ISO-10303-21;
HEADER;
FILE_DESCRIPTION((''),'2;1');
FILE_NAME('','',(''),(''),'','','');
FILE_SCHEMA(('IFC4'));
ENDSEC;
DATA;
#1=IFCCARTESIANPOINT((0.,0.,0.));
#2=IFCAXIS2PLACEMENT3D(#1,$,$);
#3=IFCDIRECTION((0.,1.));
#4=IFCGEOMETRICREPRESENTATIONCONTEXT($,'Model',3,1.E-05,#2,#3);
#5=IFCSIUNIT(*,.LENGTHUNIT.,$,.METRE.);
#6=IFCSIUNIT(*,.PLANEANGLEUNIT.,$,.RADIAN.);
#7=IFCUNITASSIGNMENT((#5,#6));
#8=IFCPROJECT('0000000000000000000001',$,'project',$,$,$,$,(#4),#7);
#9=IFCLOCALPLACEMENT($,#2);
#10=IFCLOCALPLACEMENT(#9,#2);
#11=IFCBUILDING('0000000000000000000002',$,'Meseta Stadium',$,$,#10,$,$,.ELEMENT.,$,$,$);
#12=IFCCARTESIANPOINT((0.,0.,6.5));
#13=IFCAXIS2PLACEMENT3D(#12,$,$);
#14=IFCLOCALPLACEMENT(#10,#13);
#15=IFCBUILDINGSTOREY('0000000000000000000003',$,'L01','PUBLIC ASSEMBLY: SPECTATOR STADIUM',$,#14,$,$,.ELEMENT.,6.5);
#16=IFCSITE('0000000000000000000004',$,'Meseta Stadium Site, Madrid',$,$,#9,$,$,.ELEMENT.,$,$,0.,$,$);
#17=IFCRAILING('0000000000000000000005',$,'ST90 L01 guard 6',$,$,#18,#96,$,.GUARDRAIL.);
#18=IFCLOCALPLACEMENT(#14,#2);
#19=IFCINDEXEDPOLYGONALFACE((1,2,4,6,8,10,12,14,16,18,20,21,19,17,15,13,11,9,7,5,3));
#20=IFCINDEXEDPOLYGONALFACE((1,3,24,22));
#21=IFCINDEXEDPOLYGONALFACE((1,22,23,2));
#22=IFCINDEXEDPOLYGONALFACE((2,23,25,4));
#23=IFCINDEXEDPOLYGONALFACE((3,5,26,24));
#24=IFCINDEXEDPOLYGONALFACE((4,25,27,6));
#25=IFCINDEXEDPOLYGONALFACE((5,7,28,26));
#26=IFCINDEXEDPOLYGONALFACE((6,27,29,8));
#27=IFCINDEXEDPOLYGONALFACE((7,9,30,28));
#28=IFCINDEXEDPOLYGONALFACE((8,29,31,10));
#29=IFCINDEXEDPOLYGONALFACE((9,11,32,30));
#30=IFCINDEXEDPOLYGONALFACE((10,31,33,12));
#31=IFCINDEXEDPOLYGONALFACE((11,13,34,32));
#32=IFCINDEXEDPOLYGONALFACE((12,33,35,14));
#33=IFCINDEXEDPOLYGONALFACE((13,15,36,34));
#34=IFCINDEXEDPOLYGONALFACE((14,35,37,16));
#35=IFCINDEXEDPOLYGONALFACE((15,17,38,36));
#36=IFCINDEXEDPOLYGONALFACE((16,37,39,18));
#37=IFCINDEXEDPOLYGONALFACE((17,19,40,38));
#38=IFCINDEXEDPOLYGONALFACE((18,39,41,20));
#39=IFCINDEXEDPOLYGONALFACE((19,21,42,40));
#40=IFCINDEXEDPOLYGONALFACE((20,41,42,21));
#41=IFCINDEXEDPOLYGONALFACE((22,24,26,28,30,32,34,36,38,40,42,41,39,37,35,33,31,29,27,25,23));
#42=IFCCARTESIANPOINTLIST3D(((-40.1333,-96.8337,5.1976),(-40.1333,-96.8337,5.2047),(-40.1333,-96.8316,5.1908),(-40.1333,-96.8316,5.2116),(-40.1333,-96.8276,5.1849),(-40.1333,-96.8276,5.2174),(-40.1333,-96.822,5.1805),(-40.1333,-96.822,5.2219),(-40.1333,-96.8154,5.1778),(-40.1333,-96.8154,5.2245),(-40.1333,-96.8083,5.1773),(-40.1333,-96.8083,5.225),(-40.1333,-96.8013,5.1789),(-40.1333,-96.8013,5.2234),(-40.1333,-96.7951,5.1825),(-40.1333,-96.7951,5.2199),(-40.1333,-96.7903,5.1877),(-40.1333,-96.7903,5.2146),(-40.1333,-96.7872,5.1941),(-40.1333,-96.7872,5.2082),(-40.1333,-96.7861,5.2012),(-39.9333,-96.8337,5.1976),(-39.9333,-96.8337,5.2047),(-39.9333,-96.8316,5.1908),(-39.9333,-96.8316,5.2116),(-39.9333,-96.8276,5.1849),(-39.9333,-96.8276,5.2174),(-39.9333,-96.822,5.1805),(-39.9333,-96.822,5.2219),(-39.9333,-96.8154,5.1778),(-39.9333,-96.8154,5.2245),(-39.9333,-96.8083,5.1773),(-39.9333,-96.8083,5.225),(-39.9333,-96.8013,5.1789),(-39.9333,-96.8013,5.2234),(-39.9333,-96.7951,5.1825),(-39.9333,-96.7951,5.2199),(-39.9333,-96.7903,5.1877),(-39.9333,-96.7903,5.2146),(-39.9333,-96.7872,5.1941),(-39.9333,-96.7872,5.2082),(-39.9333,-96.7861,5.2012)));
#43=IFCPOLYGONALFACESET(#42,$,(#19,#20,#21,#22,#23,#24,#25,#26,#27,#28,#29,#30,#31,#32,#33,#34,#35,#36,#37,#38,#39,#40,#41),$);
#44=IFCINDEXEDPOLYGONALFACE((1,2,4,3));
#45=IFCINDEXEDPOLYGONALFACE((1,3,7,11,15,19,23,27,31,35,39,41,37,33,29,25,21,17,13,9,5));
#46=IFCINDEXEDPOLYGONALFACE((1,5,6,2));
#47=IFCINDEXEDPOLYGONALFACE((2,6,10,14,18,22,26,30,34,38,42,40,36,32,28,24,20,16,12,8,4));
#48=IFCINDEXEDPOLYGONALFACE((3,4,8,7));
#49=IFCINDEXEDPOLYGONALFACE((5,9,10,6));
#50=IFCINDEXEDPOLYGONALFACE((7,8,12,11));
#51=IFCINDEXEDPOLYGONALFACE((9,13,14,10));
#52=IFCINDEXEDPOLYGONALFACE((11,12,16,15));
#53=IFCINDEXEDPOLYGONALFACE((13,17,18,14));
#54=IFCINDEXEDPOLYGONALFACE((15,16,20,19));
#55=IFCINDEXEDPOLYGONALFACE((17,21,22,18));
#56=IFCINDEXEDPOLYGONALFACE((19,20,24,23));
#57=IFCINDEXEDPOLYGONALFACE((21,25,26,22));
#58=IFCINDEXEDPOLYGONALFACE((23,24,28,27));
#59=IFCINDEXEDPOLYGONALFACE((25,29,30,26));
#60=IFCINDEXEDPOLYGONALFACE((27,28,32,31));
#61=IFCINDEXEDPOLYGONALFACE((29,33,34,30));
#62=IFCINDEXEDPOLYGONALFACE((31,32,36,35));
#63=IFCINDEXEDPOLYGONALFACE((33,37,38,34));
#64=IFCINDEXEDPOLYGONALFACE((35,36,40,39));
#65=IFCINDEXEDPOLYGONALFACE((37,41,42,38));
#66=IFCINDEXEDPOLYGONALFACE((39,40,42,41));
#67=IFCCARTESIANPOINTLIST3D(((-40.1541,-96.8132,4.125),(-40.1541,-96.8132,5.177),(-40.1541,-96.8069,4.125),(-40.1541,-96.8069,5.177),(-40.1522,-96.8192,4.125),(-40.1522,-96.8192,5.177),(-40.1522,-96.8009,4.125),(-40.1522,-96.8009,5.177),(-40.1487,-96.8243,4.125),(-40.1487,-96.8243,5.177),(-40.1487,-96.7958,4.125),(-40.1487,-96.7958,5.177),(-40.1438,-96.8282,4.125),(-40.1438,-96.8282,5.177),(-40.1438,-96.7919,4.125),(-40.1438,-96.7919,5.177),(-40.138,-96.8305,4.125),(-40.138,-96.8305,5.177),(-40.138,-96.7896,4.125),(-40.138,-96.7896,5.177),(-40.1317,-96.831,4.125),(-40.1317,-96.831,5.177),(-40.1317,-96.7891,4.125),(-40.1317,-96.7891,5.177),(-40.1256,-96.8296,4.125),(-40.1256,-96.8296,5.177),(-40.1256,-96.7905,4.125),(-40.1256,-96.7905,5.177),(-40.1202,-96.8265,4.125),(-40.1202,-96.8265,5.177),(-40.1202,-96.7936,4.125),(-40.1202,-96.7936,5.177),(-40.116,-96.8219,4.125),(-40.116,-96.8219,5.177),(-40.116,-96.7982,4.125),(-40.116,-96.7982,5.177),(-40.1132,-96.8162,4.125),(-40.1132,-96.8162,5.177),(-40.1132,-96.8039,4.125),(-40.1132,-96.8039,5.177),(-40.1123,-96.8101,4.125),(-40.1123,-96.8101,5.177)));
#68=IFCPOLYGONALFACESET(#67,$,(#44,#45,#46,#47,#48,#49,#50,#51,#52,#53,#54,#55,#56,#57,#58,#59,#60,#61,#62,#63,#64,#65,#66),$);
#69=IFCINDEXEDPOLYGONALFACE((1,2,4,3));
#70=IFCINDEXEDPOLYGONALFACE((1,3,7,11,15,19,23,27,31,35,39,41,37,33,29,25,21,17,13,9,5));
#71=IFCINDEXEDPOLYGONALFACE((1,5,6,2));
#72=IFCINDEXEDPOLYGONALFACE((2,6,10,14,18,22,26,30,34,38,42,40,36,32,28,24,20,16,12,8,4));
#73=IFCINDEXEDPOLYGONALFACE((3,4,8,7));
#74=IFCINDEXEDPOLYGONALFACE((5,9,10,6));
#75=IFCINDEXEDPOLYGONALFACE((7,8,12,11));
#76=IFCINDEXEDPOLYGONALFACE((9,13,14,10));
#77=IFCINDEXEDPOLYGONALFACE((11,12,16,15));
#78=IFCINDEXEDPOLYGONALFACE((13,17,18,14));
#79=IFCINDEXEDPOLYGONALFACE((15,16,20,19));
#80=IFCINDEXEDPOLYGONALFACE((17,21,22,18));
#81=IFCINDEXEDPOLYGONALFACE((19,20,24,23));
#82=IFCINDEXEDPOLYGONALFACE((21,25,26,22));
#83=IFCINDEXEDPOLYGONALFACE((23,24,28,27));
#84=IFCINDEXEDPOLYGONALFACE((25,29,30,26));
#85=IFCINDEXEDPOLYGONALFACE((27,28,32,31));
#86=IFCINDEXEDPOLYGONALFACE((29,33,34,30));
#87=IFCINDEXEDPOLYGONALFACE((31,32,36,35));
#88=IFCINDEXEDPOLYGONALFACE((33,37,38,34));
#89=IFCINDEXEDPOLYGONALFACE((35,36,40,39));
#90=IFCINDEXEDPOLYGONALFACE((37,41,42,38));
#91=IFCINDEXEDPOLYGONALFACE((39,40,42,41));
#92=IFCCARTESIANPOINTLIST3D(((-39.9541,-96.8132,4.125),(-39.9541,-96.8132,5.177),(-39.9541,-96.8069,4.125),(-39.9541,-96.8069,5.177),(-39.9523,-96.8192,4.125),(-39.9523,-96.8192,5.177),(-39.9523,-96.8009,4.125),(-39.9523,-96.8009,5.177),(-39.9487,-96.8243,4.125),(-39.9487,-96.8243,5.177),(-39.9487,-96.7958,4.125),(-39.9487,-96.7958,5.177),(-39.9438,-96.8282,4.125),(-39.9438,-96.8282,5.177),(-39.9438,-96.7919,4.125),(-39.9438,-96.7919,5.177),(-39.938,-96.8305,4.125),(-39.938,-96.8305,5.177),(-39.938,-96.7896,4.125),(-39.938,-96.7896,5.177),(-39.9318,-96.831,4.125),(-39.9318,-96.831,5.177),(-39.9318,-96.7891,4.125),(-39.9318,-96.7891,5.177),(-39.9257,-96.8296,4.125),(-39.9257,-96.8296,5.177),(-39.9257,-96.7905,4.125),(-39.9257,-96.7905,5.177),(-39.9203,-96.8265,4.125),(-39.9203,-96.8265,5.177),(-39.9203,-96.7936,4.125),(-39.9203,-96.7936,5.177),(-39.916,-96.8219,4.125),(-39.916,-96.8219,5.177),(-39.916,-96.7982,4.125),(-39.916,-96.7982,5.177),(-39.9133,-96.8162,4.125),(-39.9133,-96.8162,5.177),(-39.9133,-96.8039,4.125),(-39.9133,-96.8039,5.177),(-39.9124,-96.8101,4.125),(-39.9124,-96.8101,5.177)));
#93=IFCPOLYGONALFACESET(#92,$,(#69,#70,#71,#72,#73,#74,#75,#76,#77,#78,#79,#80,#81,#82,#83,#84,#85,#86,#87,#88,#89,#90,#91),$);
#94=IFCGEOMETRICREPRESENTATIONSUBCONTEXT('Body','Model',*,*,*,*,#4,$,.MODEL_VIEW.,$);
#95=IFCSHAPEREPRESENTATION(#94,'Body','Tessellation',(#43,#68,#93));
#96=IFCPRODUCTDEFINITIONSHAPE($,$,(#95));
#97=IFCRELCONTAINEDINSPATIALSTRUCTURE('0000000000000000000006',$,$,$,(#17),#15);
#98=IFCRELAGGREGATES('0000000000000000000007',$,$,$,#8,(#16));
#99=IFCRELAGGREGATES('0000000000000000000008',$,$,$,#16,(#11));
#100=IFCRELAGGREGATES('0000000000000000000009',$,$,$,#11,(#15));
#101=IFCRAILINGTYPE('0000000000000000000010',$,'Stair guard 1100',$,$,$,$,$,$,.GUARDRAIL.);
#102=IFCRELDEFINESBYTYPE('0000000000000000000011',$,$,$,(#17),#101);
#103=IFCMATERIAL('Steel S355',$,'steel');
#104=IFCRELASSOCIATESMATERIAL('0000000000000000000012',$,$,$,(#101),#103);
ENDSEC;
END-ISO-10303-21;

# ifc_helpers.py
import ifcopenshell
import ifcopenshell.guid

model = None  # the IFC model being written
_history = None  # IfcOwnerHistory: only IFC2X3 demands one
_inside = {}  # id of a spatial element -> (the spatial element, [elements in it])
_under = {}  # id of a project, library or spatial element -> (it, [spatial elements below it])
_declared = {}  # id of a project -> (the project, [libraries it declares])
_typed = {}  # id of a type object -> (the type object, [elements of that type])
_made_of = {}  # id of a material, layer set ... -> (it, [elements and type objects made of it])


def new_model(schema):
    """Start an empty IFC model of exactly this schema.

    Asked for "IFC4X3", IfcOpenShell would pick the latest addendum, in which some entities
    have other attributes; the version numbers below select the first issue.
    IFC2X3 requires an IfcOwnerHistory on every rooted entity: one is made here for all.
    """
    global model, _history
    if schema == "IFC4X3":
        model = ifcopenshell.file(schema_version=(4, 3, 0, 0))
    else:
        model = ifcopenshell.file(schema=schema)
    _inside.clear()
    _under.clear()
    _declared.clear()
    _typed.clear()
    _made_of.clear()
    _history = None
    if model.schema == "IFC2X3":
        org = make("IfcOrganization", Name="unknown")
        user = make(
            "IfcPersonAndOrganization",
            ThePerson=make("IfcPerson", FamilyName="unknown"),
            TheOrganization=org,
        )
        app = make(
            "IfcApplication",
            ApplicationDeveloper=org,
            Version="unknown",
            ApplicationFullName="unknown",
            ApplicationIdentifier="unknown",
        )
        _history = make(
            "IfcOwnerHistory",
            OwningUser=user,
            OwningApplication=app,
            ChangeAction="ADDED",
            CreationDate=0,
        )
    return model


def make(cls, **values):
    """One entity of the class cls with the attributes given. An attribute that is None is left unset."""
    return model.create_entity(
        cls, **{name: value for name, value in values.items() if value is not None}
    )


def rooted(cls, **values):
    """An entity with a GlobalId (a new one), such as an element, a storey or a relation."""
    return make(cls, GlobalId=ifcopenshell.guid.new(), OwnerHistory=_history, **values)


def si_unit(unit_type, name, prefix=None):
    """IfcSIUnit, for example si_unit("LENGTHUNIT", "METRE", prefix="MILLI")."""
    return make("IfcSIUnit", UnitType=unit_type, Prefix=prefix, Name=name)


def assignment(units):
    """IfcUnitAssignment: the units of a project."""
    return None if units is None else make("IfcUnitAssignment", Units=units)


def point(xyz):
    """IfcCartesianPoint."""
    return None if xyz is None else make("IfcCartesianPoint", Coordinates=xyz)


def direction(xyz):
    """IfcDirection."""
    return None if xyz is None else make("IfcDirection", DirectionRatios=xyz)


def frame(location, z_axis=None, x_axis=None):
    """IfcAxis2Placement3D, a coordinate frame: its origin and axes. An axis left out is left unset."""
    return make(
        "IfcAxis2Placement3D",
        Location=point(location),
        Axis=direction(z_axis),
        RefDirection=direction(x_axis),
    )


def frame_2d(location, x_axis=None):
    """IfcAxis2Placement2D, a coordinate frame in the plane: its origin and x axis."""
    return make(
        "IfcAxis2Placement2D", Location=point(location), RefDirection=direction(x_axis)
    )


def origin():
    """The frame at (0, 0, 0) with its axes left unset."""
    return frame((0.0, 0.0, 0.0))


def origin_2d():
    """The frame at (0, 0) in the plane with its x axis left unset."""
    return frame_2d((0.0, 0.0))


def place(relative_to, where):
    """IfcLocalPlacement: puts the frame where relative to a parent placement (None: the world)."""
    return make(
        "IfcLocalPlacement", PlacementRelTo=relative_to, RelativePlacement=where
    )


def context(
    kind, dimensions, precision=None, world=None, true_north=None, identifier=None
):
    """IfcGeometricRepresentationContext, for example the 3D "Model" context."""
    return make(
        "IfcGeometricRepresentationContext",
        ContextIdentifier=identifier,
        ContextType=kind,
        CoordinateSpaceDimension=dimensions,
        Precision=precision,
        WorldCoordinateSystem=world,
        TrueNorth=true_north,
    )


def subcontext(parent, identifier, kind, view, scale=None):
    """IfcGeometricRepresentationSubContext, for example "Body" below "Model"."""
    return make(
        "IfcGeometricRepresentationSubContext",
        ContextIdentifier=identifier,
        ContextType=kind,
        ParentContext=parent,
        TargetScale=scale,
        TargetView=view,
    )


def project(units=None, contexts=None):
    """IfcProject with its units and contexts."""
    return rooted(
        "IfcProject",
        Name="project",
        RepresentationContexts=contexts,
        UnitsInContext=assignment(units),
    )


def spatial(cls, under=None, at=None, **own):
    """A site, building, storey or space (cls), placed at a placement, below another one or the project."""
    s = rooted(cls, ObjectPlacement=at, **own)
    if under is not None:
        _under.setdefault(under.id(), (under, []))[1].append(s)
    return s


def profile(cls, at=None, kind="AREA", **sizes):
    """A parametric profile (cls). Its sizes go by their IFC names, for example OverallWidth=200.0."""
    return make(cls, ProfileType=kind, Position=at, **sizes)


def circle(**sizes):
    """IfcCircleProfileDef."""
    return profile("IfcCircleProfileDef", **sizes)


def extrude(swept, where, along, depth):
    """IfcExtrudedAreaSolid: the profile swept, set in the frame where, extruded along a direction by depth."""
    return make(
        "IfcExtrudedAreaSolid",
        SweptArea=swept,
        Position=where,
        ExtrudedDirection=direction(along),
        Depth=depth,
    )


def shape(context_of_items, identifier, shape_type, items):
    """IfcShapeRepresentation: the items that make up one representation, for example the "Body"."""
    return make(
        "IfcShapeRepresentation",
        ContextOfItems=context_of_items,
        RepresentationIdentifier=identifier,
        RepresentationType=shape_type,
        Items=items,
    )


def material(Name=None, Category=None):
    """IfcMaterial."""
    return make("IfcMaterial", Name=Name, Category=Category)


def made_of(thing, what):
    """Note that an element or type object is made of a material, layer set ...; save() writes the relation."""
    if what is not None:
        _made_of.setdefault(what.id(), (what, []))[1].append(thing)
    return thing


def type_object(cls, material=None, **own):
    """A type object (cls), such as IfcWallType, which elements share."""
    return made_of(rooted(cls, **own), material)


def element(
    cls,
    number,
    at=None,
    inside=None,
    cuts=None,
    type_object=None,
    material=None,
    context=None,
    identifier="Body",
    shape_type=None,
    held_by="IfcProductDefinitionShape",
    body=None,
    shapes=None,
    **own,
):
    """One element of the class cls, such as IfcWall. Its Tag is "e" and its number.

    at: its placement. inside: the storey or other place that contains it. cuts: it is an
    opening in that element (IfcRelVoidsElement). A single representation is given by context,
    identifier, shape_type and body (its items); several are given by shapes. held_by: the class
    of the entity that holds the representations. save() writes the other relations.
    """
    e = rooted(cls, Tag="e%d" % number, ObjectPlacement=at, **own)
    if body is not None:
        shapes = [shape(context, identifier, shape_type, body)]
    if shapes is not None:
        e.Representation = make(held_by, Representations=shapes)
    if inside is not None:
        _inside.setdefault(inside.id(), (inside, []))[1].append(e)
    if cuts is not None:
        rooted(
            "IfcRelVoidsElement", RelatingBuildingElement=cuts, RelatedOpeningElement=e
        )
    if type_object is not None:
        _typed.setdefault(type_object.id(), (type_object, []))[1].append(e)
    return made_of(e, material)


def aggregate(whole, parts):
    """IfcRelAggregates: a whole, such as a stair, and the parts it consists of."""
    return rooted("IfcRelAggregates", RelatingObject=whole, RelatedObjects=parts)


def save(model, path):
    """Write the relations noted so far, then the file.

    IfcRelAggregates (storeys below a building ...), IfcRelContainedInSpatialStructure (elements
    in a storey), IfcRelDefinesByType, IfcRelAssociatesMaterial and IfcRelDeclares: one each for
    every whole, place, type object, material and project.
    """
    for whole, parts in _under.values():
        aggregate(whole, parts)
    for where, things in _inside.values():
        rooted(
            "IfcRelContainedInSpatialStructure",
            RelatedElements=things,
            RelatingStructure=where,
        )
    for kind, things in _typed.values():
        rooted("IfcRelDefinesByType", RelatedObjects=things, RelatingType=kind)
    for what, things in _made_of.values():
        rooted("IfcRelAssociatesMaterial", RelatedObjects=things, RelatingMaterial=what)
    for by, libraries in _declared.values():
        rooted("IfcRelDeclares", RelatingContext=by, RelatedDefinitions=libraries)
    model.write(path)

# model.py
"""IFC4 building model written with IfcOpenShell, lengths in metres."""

from ifc_helpers import new_model, si_unit, direction, frame, origin, origin_2d, place, context, subcontext, project, spatial, circle, extrude, material, type_object, element, save


model = new_model("IFC4")

# Units and contexts
model_context = context("Model", 3, precision=1e-05, world=origin(), true_north=direction((0.0, 1.0)))
body_context = subcontext(model_context, "Body", "Model", "MODEL_VIEW")
ifc_project = project(units=[si_unit("LENGTHUNIT", "METRE"), si_unit("PLANEANGLEUNIT", "RADIAN")], contexts=[model_context])

# Site, building, storey
site_placement = place(None, origin())
site = spatial("IfcSite", under=ifc_project, at=site_placement, Name="Meseta Stadium Site, Madrid", CompositionType="ELEMENT", RefElevation=0.0)
building_placement = place(site_placement, origin())
building = spatial("IfcBuilding", under=site, at=building_placement, Name="Meseta Stadium", CompositionType="ELEMENT")
storey_placement = place(building_placement, frame((0.0, 0.0, 6.5)))
storey = spatial("IfcBuildingStorey", under=building, at=storey_placement, Name="L01", Description="PUBLIC ASSEMBLY: SPECTATOR STADIUM", CompositionType="ELEMENT", Elevation=6.5)

# Railing
ifc_material_1 = material(Name="Steel S355", Category="steel")
railing_type_1 = type_object("IfcRailingType", Name="Stair guard 1100", PredefinedType="GUARDRAIL", material=ifc_material_1)
railing_1_placement = place(storey_placement, frame((-40.1333, -96.8101, 4.125)))
element("IfcRailing", 1, at=railing_1_placement, inside=storey, type_object=railing_type_1, Name="ST90 L01 guard 6", PredefinedType="GUARDRAIL", context=body_context, shape_type="SweptSolid", body=[
    extrude(circle(Radius=0.0239, at=origin_2d()), frame((0.0, 0.0, 1.0762), z_axis=(1.0, 0.0, 0.0), x_axis=(0.0, 1.0, 0.0)), (0.0, 0.0, 1.0), 0.2),
    extrude(circle(Radius=0.021, at=origin_2d()), origin(), (0.0, 0.0, 1.0), 1.052),
    extrude(circle(Radius=0.021, at=origin_2d()), frame((0.2, 0.0, 0.0)), (0.0, 0.0, 1.0), 1.052),
])

save(model, "model.ifc")
